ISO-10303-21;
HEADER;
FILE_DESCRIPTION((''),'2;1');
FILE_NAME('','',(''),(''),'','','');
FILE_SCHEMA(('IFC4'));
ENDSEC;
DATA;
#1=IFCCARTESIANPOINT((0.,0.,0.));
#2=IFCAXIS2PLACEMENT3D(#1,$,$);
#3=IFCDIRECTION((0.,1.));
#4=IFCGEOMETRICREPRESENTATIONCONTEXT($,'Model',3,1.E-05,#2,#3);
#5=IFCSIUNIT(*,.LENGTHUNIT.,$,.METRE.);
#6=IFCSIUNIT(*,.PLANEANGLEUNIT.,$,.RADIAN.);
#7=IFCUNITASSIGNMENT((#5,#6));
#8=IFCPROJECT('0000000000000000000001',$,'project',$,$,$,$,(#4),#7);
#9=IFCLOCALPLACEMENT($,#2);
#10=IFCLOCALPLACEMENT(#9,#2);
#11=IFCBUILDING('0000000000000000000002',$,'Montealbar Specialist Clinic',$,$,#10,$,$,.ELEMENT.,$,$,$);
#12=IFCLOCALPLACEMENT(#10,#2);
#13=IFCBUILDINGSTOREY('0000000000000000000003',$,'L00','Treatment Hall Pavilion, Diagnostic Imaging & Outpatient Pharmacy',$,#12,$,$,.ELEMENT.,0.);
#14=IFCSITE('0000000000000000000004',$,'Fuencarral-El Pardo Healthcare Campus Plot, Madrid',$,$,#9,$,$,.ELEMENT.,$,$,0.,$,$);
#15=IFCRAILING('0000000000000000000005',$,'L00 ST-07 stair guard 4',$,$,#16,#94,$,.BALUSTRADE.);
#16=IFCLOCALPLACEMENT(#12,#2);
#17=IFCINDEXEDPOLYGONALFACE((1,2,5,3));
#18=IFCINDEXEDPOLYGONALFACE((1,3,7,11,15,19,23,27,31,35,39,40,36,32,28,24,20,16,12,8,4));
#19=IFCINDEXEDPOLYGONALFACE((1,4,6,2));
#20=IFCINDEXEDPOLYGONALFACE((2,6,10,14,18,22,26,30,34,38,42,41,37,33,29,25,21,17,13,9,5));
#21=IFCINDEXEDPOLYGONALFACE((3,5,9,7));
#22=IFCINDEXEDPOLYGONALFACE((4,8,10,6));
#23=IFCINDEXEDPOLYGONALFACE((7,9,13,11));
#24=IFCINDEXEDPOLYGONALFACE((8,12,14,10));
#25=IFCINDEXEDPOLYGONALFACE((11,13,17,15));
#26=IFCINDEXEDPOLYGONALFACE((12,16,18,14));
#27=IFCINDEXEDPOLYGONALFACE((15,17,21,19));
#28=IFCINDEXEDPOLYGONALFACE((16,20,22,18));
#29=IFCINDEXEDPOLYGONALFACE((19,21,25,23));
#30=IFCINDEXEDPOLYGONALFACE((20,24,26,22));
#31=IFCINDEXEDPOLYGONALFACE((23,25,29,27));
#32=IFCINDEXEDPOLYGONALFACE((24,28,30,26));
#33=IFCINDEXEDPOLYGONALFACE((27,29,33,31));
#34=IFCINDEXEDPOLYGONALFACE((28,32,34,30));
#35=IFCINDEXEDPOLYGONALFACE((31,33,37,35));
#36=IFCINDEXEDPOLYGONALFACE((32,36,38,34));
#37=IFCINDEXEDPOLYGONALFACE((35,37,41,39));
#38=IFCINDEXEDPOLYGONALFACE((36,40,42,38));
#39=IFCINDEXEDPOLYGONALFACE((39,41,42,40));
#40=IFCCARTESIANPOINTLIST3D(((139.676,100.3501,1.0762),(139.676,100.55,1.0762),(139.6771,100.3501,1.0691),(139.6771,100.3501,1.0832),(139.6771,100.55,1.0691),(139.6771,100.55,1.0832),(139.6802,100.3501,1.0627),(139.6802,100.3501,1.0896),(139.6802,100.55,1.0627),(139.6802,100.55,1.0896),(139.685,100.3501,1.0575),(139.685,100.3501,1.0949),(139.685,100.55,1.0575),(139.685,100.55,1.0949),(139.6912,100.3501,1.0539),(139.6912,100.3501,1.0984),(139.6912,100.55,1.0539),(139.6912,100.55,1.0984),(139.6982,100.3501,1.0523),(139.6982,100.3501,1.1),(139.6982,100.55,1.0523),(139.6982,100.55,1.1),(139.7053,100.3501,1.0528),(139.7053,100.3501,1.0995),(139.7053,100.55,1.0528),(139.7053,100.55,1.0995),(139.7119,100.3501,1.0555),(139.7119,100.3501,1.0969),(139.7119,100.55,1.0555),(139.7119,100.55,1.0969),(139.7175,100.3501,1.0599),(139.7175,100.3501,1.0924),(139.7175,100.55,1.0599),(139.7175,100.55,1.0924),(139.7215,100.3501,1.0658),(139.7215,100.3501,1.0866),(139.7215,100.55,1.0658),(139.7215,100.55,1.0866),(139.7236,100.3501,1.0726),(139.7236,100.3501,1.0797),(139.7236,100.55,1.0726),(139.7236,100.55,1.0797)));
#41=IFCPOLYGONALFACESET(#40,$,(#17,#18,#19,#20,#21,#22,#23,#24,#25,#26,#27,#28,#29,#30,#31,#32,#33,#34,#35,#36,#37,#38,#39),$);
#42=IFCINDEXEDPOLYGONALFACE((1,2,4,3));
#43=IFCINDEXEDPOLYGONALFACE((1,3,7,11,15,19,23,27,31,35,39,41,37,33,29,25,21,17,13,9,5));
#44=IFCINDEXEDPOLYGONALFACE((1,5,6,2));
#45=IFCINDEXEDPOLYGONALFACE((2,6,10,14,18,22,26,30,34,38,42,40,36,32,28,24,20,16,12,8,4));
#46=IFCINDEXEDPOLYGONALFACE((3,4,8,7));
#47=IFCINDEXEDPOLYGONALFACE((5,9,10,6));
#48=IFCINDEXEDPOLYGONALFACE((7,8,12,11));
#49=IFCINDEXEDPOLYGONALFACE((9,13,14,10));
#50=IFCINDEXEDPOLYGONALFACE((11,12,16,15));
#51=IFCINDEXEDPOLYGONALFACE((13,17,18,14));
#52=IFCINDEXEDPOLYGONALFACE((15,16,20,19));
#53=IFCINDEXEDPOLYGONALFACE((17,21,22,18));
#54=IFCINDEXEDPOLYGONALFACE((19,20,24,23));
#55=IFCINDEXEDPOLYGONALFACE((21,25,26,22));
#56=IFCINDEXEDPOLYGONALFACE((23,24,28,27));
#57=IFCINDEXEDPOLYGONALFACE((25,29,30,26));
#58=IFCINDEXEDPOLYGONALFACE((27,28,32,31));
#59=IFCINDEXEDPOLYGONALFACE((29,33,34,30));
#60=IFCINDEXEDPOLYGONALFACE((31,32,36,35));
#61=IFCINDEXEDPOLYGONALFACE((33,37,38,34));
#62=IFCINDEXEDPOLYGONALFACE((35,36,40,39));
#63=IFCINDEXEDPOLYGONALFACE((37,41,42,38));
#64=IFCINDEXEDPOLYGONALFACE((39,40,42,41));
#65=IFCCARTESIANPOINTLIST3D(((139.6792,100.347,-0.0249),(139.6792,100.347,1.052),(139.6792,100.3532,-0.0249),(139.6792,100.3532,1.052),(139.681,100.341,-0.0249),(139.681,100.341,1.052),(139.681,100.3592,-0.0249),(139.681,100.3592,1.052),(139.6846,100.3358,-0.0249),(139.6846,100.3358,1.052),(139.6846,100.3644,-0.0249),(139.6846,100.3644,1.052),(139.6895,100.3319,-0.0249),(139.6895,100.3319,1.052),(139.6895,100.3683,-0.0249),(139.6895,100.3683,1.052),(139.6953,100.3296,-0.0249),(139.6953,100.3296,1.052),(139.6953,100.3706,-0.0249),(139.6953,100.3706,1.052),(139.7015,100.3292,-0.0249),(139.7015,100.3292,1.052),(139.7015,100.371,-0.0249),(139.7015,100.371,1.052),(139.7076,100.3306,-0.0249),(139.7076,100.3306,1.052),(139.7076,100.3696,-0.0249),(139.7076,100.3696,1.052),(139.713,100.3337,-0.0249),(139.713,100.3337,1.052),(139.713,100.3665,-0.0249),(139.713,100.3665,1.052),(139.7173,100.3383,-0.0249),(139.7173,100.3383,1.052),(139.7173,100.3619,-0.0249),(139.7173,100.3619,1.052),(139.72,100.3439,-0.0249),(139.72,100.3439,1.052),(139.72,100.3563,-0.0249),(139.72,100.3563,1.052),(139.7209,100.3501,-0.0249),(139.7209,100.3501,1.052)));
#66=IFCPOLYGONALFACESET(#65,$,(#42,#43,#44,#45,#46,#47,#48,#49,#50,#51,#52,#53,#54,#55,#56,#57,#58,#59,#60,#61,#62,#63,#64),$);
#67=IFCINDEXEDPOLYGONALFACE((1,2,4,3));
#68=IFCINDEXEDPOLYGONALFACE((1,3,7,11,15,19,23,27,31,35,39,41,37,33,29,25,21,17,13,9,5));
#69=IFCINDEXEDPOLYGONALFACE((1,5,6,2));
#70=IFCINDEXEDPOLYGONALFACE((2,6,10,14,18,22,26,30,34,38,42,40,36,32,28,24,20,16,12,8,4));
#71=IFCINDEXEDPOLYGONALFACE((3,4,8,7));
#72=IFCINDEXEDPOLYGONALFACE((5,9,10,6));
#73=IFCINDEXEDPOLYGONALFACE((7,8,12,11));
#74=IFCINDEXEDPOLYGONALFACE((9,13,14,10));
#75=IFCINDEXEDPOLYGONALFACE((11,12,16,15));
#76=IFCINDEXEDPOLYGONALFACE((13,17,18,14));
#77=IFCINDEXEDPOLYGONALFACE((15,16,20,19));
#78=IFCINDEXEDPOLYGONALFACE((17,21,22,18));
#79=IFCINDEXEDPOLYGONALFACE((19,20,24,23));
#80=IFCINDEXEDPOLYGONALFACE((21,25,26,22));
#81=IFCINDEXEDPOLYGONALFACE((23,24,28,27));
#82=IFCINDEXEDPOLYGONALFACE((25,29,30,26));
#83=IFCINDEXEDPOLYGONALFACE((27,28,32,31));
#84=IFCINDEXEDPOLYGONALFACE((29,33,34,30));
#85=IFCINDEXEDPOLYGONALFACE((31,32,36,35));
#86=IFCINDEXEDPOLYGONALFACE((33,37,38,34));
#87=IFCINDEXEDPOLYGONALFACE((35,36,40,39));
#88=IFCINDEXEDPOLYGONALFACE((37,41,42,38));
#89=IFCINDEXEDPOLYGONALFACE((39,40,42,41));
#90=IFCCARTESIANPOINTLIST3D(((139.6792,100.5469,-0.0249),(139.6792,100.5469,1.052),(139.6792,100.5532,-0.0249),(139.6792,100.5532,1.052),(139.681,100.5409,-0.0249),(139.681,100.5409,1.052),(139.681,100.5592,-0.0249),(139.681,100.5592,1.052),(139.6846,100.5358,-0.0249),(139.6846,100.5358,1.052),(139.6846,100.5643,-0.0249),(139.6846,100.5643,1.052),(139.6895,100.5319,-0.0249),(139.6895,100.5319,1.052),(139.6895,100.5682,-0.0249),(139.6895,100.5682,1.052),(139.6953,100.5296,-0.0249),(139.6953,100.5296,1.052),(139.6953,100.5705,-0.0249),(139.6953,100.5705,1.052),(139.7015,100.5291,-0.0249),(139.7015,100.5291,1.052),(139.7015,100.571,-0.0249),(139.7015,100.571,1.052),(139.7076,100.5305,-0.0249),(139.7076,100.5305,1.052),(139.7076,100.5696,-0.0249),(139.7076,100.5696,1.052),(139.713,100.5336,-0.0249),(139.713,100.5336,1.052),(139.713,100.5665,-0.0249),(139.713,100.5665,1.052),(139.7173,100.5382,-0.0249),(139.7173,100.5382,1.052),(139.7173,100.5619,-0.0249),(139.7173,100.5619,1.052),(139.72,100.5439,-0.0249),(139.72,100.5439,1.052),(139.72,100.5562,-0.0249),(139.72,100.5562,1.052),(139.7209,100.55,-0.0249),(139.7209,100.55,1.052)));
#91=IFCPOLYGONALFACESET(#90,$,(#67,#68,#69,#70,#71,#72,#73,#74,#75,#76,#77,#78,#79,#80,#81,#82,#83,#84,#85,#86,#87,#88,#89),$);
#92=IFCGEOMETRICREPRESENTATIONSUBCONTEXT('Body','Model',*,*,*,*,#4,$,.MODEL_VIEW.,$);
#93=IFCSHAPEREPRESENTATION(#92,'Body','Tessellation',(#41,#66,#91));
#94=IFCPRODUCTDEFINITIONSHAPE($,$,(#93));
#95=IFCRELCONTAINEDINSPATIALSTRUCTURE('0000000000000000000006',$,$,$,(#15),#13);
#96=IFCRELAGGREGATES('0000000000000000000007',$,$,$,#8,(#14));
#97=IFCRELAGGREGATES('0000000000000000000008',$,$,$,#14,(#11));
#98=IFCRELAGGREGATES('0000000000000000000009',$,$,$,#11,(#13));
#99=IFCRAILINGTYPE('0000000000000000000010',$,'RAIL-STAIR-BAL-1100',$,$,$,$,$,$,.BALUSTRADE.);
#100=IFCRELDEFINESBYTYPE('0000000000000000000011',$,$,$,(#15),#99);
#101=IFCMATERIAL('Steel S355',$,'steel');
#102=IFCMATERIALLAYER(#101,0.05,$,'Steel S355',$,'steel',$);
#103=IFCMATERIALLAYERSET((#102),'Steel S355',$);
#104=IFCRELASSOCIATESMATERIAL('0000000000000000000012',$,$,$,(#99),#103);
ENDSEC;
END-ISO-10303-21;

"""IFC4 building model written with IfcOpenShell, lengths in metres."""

from ifc_helpers import new_model, si_unit, direction, frame, origin, origin_2d, place, context, subcontext, project, spatial, circle, extrude, material, layer, layer_set, type_object, element, save


model = new_model("IFC4")

# Units and contexts
model_context = context("Model", 3, precision=1e-05, world=origin(), true_north=direction((0.0, 1.0)))
body_context = subcontext(model_context, "Body", "Model", "MODEL_VIEW")
ifc_project = project(units=[si_unit("LENGTHUNIT", "METRE"), si_unit("PLANEANGLEUNIT", "RADIAN")], contexts=[model_context])

# Site, building, storey
site_placement = place(None, origin())
site = spatial("IfcSite", under=ifc_project, at=site_placement, Name="Fuencarral-El Pardo Healthcare Campus Plot, Madrid", CompositionType="ELEMENT", RefElevation=0.0)
building_placement = place(site_placement, origin())
building = spatial("IfcBuilding", under=site, at=building_placement, Name="Montealbar Specialist Clinic", CompositionType="ELEMENT")
storey_placement = place(building_placement, origin())
storey = spatial("IfcBuildingStorey", under=building, at=storey_placement, Name="L00", Description="Treatment Hall Pavilion, Diagnostic Imaging & Outpatient Pharmacy", CompositionType="ELEMENT", Elevation=0.0)

# Shared definitions
ifc_material_1 = material(Name="Steel S355", Category="steel")

# Railing
ifc_layer_1 = layer(ifc_material_1, 0.05, Name="Steel S355", Category="steel")
ifc_layer_set_1 = layer_set([ifc_layer_1], Name="Steel S355")
railing_type_1 = type_object("IfcRailingType", Name="RAIL-STAIR-BAL-1100", PredefinedType="BALUSTRADE", material=ifc_layer_set_1)
railing_1_placement = place(storey_placement, frame((139.7, 100.3501, 0.0)))
element("IfcRailing", 1, at=railing_1_placement, inside=storey, type_object=railing_type_1, Name="L00 ST-07 stair guard 4", PredefinedType="BALUSTRADE", context=body_context, shape_type="SweptSolid", body=[
    extrude(circle(Radius=0.0239, at=origin_2d()), frame((0.0, 0.0, 1.0762), z_axis=(0.0, 1.0, 0.0), x_axis=(-1.0, 0.0, 0.0)), (0.0, 0.0, 1.0), 0.2),
    extrude(circle(Radius=0.021, at=origin_2d()), frame((0.0, 0.0, -0.0249)), (0.0, 0.0, 1.0), 1.0769),
    extrude(circle(Radius=0.021, at=origin_2d()), frame((0.0, 0.2, -0.0249)), (0.0, 0.0, 1.0), 1.0769),
])

save(model, "model.ifc")
